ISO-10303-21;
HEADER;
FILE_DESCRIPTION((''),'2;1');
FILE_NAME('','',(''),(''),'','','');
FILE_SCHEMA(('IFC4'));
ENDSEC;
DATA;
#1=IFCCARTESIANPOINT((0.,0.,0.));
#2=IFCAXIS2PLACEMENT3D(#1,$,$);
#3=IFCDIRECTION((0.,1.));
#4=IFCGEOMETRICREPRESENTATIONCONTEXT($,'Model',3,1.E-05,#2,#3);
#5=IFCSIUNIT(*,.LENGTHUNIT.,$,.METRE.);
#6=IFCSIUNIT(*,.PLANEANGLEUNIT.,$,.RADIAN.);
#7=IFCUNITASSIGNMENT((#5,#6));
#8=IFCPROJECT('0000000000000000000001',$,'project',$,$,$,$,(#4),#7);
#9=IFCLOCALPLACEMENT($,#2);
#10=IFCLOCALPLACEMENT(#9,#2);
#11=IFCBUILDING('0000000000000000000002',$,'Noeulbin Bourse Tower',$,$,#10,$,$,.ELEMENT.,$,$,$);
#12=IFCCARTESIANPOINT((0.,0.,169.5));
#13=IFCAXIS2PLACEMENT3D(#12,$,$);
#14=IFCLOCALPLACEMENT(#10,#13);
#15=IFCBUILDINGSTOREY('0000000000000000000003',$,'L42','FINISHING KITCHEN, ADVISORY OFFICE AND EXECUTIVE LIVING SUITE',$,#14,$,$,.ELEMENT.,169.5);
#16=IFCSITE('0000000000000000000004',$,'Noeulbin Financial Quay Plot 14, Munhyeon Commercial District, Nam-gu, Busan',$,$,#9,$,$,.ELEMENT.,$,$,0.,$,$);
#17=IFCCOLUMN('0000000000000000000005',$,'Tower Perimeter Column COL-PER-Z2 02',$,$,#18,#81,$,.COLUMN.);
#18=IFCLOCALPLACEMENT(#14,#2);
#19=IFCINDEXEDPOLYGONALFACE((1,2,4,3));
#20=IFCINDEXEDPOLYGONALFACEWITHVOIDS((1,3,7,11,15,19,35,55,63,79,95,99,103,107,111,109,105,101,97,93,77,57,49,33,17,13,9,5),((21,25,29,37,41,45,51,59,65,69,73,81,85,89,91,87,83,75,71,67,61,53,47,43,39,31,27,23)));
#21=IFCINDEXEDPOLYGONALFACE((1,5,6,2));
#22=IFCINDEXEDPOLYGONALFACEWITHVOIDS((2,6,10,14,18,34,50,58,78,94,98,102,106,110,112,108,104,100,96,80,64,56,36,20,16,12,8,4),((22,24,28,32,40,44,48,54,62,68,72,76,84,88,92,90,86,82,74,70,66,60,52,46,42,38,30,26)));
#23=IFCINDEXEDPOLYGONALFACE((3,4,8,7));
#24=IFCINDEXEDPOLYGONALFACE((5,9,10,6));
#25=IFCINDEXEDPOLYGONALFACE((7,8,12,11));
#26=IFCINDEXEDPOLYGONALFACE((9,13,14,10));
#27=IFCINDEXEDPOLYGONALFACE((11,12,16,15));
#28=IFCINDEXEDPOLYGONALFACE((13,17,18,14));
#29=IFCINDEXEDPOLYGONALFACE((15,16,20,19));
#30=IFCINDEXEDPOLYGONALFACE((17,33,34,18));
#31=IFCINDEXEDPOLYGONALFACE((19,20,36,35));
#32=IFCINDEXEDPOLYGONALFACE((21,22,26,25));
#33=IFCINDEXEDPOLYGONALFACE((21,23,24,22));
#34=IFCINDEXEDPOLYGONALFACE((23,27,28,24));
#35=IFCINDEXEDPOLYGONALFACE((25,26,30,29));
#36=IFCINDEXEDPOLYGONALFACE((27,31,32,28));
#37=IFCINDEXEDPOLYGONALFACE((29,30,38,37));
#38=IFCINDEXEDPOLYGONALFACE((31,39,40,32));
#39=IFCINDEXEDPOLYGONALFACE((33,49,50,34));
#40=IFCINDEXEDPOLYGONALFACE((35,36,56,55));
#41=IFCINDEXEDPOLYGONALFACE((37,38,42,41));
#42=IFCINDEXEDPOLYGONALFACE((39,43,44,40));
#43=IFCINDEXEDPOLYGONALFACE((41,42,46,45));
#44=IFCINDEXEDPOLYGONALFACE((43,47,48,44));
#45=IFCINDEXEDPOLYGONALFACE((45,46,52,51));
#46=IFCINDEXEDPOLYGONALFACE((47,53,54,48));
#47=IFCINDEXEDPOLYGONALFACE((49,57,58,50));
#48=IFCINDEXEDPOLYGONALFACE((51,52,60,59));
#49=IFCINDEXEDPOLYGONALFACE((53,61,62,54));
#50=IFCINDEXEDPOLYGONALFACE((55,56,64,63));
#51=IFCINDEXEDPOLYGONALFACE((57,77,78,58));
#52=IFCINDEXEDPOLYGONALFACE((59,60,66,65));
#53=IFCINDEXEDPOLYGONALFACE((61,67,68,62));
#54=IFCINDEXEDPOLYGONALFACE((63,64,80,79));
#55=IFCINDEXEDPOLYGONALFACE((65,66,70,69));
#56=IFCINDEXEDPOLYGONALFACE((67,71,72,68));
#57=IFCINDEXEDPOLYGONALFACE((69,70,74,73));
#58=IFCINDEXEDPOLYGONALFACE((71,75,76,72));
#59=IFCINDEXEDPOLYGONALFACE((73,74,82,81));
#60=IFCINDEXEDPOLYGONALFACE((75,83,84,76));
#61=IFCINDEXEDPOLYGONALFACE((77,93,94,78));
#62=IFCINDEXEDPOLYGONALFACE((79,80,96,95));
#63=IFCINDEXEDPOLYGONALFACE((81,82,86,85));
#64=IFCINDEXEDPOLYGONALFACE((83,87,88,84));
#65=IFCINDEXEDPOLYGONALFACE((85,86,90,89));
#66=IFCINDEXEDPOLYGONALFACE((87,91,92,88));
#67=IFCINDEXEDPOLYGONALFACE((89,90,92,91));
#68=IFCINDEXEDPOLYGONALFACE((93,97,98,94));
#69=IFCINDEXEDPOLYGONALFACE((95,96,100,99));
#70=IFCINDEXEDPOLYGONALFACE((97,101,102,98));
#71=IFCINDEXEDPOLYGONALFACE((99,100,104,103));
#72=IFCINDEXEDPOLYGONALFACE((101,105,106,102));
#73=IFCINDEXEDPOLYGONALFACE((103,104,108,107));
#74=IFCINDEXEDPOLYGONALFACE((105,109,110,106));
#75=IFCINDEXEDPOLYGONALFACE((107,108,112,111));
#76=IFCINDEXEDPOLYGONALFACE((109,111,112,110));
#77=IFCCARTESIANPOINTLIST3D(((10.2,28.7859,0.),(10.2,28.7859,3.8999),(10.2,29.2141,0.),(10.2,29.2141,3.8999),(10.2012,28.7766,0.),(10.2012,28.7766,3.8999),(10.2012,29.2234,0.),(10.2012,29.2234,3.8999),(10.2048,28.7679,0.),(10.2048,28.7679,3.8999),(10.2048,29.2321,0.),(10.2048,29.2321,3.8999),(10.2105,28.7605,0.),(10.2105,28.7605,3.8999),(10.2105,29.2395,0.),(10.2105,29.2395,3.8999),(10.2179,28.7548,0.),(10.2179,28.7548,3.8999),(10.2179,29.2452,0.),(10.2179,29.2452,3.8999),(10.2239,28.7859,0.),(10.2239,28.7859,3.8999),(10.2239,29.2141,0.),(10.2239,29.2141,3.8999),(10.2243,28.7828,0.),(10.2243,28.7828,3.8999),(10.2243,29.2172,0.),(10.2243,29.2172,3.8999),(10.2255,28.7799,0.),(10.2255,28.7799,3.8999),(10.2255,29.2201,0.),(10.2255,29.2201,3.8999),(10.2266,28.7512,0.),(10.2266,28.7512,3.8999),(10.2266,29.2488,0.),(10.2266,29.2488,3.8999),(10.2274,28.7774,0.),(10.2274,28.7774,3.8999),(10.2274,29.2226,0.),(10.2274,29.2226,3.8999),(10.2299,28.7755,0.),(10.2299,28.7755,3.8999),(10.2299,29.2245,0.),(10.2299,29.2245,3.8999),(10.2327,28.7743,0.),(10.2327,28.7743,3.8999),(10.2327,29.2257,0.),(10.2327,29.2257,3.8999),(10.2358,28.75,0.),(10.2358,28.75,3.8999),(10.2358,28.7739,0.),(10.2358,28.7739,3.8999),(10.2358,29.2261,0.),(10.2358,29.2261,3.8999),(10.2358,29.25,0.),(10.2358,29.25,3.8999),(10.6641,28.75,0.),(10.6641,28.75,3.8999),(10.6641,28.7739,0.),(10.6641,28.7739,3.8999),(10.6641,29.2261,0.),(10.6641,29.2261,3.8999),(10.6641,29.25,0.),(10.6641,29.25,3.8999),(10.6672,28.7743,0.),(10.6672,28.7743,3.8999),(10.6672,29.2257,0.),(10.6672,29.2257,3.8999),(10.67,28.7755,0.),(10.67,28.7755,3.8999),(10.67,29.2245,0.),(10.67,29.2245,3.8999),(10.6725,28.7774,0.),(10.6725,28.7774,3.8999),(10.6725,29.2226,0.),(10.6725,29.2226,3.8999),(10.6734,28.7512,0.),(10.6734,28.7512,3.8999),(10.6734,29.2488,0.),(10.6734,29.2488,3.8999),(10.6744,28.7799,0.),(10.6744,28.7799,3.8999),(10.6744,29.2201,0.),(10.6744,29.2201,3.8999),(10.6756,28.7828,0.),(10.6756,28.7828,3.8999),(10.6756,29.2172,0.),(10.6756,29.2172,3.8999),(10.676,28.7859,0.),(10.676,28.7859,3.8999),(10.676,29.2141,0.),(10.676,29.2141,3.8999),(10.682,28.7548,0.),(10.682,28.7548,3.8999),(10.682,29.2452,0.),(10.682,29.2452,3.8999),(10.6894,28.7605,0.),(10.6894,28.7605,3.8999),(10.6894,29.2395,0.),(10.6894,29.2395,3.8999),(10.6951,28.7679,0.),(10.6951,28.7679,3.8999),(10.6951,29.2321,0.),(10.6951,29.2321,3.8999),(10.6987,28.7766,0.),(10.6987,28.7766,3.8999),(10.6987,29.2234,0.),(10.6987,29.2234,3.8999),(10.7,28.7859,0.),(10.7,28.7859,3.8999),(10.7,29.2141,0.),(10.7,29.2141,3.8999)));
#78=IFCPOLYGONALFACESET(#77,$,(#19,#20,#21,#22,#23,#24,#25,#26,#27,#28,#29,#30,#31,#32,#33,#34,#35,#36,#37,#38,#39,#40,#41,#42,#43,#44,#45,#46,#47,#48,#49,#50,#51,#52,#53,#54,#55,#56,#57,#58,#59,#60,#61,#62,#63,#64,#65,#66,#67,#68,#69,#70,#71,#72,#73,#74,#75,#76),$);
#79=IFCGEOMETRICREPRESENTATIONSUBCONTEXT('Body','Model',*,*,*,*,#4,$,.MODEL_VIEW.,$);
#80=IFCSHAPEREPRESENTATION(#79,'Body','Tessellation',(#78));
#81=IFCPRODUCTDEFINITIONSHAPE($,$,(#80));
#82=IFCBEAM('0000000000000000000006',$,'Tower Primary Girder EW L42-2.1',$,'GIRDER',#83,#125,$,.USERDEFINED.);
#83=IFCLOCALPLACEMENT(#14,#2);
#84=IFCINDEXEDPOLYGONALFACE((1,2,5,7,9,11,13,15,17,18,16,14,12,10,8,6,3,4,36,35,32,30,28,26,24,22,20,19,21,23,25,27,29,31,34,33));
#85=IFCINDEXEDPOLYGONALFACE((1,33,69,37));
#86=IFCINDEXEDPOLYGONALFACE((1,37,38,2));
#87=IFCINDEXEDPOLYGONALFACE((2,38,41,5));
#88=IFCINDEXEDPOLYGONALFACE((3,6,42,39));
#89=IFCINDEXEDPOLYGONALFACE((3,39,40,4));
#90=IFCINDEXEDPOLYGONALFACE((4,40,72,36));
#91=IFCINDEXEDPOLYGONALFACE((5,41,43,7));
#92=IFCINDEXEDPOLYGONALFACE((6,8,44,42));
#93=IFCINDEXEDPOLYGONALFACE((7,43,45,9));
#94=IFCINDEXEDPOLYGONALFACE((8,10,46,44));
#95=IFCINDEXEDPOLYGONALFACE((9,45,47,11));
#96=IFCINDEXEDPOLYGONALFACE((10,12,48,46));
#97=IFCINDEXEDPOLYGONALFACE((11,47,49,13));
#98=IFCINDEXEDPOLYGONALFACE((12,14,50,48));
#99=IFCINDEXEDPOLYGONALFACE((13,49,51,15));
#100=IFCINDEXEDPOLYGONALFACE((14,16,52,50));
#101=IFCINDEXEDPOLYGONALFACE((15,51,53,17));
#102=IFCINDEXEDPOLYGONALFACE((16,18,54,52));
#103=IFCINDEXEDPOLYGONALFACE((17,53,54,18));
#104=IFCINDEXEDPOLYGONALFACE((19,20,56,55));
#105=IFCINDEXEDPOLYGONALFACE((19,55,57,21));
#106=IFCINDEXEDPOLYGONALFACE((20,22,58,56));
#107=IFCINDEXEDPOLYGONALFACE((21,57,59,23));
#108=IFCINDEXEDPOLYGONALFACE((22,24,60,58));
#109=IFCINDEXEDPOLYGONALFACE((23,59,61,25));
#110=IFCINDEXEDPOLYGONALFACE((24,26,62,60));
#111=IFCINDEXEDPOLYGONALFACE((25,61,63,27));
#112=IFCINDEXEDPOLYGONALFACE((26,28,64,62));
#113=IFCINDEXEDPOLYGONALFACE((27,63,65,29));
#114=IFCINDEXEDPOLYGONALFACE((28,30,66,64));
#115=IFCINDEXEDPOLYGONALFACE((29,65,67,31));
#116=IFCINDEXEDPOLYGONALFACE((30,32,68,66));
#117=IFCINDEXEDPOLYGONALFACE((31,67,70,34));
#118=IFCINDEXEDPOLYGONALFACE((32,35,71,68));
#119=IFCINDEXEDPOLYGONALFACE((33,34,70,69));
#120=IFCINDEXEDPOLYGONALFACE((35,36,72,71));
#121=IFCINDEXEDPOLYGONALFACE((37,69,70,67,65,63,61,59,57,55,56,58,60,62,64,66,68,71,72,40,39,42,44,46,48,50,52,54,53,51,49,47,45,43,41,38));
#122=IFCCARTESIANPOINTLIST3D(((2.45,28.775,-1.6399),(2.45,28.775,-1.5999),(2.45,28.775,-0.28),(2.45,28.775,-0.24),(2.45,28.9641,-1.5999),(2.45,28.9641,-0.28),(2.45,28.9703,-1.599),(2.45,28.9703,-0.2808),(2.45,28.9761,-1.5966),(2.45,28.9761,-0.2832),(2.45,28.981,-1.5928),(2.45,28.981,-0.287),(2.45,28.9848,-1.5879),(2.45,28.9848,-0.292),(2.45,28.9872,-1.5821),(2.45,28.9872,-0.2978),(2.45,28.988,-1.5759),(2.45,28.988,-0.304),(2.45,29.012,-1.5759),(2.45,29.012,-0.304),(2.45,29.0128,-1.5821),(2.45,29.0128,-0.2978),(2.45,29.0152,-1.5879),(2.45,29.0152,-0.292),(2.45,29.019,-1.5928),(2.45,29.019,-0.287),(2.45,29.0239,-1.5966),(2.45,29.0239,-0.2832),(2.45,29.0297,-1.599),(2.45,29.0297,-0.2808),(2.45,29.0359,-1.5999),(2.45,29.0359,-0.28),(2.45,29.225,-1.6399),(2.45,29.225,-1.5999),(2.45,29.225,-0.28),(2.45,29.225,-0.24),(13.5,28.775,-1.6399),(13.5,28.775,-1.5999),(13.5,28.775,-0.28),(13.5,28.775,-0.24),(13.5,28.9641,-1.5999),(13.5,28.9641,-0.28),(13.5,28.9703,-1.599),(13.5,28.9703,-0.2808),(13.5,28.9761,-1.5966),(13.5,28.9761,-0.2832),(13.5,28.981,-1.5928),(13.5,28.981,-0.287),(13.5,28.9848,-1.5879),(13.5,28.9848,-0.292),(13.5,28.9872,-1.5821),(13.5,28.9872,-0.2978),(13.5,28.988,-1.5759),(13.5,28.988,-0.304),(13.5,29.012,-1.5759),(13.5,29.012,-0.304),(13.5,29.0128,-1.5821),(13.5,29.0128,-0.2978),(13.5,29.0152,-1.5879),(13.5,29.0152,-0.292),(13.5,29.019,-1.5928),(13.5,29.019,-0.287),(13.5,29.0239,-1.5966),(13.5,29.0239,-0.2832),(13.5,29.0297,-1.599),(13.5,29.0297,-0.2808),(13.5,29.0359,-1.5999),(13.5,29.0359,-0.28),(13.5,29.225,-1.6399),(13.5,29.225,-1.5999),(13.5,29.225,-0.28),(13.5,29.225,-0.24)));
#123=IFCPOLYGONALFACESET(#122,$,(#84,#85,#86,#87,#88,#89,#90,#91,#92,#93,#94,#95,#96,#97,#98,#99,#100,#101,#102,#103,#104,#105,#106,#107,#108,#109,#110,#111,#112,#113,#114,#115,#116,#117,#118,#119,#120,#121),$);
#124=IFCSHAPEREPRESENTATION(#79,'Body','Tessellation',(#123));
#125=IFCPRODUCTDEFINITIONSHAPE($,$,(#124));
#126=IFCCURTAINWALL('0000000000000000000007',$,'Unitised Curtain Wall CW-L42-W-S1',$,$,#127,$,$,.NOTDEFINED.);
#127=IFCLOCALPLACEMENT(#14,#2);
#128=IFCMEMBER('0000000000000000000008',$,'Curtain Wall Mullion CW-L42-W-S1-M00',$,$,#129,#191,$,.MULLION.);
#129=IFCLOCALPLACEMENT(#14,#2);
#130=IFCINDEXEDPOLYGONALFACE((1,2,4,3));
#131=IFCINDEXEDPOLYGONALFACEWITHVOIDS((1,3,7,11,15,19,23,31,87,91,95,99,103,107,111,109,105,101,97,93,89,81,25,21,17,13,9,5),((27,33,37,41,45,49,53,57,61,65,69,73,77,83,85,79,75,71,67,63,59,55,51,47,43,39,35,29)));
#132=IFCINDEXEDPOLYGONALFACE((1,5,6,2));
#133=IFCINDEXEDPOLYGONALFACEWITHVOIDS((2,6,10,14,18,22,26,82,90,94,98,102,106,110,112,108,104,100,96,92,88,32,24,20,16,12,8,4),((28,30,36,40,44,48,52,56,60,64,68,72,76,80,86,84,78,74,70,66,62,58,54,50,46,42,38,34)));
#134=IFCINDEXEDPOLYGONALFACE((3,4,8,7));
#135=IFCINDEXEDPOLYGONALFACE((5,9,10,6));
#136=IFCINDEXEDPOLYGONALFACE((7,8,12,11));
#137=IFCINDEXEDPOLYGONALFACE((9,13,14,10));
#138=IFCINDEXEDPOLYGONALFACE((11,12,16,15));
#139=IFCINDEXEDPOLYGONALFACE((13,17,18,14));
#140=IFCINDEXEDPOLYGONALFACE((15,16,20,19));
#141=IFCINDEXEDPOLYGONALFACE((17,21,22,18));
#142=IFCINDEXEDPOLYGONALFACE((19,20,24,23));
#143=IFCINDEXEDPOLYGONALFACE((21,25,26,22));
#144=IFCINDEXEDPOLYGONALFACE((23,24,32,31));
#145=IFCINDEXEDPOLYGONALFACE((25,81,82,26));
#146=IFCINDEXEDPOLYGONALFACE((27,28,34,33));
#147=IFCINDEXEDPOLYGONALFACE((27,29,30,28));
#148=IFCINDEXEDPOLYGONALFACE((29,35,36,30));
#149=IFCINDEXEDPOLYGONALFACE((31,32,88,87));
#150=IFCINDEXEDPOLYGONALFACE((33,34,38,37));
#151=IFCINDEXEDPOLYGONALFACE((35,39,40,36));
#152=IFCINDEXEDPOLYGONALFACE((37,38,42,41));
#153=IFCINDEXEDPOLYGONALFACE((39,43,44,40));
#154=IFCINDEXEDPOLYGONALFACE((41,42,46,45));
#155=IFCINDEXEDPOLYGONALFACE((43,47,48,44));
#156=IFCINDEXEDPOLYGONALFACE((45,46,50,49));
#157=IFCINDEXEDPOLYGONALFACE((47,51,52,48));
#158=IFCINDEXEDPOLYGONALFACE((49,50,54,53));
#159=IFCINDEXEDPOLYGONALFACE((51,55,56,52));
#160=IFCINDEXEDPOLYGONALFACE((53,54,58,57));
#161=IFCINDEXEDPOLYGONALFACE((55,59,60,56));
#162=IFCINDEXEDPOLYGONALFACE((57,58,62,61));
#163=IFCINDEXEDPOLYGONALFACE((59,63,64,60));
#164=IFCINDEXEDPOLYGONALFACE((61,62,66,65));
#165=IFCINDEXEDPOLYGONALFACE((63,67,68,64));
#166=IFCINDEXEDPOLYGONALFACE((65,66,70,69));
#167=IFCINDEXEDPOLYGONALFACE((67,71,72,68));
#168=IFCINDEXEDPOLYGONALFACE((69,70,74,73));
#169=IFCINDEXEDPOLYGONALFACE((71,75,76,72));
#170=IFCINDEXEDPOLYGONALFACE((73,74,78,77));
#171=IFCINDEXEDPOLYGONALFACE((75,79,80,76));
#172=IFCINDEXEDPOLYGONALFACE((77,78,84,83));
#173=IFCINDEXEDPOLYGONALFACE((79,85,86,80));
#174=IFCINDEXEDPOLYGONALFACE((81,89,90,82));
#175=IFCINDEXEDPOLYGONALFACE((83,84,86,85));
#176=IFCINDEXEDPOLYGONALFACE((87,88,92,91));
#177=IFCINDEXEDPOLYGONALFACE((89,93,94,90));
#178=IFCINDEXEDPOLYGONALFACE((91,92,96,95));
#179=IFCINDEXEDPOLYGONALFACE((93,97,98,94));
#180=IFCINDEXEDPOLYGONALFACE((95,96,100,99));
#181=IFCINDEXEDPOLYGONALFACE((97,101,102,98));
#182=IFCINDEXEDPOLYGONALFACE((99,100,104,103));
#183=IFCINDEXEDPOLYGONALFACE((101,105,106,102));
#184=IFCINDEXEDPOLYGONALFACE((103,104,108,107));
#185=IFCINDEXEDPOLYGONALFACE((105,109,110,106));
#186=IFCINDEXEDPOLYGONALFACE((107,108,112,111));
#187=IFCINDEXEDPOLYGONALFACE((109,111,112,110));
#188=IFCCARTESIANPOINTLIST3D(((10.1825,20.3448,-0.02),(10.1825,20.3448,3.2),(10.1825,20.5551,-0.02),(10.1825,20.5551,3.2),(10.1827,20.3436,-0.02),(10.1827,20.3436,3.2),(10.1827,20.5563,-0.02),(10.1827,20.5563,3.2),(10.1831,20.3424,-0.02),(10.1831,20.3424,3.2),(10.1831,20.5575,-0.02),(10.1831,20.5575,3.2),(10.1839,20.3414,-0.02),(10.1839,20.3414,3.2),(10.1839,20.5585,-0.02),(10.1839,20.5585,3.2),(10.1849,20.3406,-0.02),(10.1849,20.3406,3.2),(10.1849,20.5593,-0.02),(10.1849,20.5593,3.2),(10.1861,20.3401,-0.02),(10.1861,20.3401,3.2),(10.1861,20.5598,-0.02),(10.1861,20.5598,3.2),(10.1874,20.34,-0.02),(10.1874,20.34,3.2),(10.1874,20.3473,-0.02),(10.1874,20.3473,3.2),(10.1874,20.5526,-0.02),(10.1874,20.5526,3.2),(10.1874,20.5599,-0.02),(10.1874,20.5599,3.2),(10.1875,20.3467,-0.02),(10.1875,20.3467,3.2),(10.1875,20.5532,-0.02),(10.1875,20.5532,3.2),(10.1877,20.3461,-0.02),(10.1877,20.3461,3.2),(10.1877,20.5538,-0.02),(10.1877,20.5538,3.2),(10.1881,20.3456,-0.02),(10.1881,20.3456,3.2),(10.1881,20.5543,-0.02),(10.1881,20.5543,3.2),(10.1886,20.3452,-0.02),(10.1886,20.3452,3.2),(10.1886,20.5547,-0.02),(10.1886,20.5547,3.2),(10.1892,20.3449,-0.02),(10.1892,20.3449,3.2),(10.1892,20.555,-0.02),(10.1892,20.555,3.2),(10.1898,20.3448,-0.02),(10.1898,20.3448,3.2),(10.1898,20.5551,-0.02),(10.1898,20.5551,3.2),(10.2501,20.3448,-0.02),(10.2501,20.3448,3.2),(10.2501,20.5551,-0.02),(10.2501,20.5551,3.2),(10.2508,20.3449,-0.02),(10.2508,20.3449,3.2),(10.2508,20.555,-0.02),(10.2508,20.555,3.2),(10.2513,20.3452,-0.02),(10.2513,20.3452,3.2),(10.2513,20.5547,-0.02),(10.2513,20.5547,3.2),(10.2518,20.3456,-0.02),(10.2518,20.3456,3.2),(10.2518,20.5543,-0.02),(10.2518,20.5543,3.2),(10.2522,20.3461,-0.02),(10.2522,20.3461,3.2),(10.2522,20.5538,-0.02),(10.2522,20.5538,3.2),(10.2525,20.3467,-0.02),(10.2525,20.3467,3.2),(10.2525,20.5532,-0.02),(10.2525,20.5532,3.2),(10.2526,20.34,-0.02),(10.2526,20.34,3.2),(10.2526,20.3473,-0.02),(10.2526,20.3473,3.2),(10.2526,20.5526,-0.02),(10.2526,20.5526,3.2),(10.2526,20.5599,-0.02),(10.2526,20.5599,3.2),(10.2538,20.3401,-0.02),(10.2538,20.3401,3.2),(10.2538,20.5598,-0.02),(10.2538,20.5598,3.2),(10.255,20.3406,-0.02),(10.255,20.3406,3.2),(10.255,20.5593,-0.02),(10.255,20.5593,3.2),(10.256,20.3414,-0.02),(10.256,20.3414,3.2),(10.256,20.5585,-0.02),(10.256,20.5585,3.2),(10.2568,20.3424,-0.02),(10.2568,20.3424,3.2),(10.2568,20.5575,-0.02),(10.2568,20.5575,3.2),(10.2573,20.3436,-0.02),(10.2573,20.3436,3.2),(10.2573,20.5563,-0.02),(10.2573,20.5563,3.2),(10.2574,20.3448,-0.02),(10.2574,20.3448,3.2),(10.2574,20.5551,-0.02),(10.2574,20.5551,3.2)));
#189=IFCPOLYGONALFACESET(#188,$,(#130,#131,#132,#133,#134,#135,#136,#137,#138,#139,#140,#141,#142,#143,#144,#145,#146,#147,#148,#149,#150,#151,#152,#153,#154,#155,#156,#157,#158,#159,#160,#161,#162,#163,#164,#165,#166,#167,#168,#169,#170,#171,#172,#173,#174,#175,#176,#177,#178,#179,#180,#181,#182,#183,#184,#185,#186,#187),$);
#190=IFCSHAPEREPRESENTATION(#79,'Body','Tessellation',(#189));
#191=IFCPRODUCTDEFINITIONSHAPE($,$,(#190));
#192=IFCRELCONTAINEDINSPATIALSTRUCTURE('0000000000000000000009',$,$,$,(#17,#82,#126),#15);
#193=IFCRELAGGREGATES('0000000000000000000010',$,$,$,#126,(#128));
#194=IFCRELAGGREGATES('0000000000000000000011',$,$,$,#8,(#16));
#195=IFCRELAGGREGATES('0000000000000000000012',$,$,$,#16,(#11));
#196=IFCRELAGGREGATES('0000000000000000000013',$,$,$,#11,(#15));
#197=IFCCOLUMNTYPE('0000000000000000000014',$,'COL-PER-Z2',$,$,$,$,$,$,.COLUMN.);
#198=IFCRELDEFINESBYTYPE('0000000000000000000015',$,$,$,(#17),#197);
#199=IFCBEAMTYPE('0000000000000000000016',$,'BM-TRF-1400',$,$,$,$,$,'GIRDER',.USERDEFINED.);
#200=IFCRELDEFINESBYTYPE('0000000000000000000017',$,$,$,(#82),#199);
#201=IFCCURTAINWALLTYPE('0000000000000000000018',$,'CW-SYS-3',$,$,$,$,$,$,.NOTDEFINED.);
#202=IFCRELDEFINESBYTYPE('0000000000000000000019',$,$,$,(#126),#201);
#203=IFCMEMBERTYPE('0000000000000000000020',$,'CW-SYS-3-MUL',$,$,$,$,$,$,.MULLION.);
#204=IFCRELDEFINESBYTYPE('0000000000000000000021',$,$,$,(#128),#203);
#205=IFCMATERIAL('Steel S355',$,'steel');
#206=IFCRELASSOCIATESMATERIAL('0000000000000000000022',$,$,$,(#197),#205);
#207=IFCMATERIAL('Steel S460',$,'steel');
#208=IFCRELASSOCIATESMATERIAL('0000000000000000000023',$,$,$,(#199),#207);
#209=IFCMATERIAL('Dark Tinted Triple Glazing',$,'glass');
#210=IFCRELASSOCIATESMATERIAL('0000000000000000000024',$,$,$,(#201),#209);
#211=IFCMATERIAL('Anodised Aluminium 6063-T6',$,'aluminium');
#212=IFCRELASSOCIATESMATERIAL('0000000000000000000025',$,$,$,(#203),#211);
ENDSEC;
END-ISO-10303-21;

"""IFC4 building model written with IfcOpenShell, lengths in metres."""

from ifc_helpers import new_model, si_unit, direction, frame, origin, origin_2d, place, context, subcontext, project, spatial, hollow_rectangle, i_section, extrude, material, material_profile, profile_set, type_object, element, aggregate, save


model = new_model("IFC4")

# Units and contexts
model_context = context("Model", 3, precision=1e-05, world=origin(), true_north=direction((0.0, 1.0)))
body_context = subcontext(model_context, "Body", "Model", "MODEL_VIEW")
ifc_project = project(units=[si_unit("LENGTHUNIT", "METRE"), si_unit("PLANEANGLEUNIT", "RADIAN")], contexts=[model_context])

# Site, building, storey
site_placement = place(None, origin())
site = spatial("IfcSite", under=ifc_project, at=site_placement, Name="Noeulbin Financial Quay Plot 14, Munhyeon Commercial District, Nam-gu, Busan", CompositionType="ELEMENT", RefElevation=0.0)
building_placement = place(site_placement, origin())
building = spatial("IfcBuilding", under=site, at=building_placement, Name="Noeulbin Bourse Tower", CompositionType="ELEMENT")
storey_placement = place(building_placement, frame((0.0, 0.0, 169.5)))
storey = spatial("IfcBuildingStorey", under=building, at=storey_placement, Name="L42", Description="FINISHING KITCHEN, ADVISORY OFFICE AND EXECUTIVE LIVING SUITE", CompositionType="ELEMENT", Elevation=169.5)

# Column
ifc_material_1 = material(Name="Steel S355", Category="steel")
ifc_material_profile_1 = material_profile(ifc_material_1, hollow_rectangle(XDim=0.5, YDim=0.5, WallThickness=0.0239, InnerFilletRadius=0.012, OuterFilletRadius=0.0359, at=origin_2d()), Name="BOX-500x500x24", Category="LoadBearing")
ifc_profile_set_1 = profile_set([ifc_material_profile_1], Name="Steel S355")
column_type = type_object("IfcColumnType", Name="COL-PER-Z2", PredefinedType="COLUMN", material=ifc_profile_set_1)
column_placement = place(storey_placement, frame((10.45, 29.0, 0.0), z_axis=(0.0, 0.0, 1.0), x_axis=(1.0, 0.0, 0.0)))
element("IfcColumn", 1, at=column_placement, inside=storey, type_object=column_type, Name="Tower Perimeter Column COL-PER-Z2 02", PredefinedType="COLUMN", context=body_context, shape_type="SweptSolid", body=[
    extrude(hollow_rectangle(XDim=0.5, YDim=0.5, WallThickness=0.0239, InnerFilletRadius=0.012, OuterFilletRadius=0.0359, at=origin_2d()), origin(), (0.0, 0.0, 1.0), 3.8999),
])

# Beam
ifc_material_2 = material(Name="Steel S460", Category="steel")
ifc_material_profile_2 = material_profile(ifc_material_2, i_section(OverallWidth=0.45, OverallDepth=1.3999, WebThickness=0.0239, FlangeThickness=0.04, FilletRadius=0.0239, at=origin_2d()), Name="PG-1400x450x24x40", Category="LoadBearing")
ifc_profile_set_2 = profile_set([ifc_material_profile_2], Name="Steel S460")
beam_type = type_object("IfcBeamType", Name="BM-TRF-1400", ElementType="GIRDER", PredefinedType="USERDEFINED", material=ifc_profile_set_2)
beam_placement = place(storey_placement, frame((2.45, 29.0, -0.9399), z_axis=(1.0, 0.0, 0.0), x_axis=(0.0, 1.0, 0.0)))
element("IfcBeam", 2, at=beam_placement, inside=storey, type_object=beam_type, Name="Tower Primary Girder EW L42-2.1", ObjectType="GIRDER", PredefinedType="USERDEFINED", context=body_context, shape_type="SweptSolid", body=[
    extrude(i_section(OverallWidth=0.45, OverallDepth=1.3999, WebThickness=0.0239, FlangeThickness=0.04, FilletRadius=0.0239, at=origin_2d()), origin(), (0.0, 0.0, 1.0), 11.05),
])

# Curtain wall, member
ifc_material_3 = material(Name="Dark Tinted Triple Glazing", Category="glass")
curtain_wall_type = type_object("IfcCurtainWallType", Name="CW-SYS-3", PredefinedType="NOTDEFINED", material=ifc_material_3)
curtain_wall_placement = place(storey_placement, origin())
curtain_wall = element("IfcCurtainWall", 3, at=curtain_wall_placement, inside=storey, type_object=curtain_wall_type, Name="Unitised Curtain Wall CW-L42-W-S1", PredefinedType="NOTDEFINED")
ifc_material_4 = material(Name="Anodised Aluminium 6063-T6", Category="aluminium")
ifc_material_profile_3 = material_profile(ifc_material_4, hollow_rectangle(XDim=0.075, YDim=0.22, WallThickness=0.0049, InnerFilletRadius=0.0024, OuterFilletRadius=0.0049, at=origin_2d()), Name="ALU-MULL-75x220x5", Category="LoadBearing")
ifc_profile_set_3 = profile_set([ifc_material_profile_3], Name="Anodised Aluminium 6063-T6")
member_type_1 = type_object("IfcMemberType", Name="CW-SYS-3-MUL", PredefinedType="MULLION", material=ifc_profile_set_3)
member_1_placement = place(storey_placement, frame((10.22, 20.45, -0.02), z_axis=(0.0, 0.0, 1.0), x_axis=(1.0, 0.0, 0.0)))
member_1 = element("IfcMember", 4, at=member_1_placement, type_object=member_type_1, Name="Curtain Wall Mullion CW-L42-W-S1-M00", PredefinedType="MULLION", context=body_context, shape_type="SweptSolid", body=[
    extrude(hollow_rectangle(XDim=0.075, YDim=0.22, WallThickness=0.0049, InnerFilletRadius=0.0024, OuterFilletRadius=0.0049, at=origin_2d()), origin(), (0.0, 0.0, 1.0), 3.22),
])
aggregate(curtain_wall, [member_1])

save(model, "model.ifc")
